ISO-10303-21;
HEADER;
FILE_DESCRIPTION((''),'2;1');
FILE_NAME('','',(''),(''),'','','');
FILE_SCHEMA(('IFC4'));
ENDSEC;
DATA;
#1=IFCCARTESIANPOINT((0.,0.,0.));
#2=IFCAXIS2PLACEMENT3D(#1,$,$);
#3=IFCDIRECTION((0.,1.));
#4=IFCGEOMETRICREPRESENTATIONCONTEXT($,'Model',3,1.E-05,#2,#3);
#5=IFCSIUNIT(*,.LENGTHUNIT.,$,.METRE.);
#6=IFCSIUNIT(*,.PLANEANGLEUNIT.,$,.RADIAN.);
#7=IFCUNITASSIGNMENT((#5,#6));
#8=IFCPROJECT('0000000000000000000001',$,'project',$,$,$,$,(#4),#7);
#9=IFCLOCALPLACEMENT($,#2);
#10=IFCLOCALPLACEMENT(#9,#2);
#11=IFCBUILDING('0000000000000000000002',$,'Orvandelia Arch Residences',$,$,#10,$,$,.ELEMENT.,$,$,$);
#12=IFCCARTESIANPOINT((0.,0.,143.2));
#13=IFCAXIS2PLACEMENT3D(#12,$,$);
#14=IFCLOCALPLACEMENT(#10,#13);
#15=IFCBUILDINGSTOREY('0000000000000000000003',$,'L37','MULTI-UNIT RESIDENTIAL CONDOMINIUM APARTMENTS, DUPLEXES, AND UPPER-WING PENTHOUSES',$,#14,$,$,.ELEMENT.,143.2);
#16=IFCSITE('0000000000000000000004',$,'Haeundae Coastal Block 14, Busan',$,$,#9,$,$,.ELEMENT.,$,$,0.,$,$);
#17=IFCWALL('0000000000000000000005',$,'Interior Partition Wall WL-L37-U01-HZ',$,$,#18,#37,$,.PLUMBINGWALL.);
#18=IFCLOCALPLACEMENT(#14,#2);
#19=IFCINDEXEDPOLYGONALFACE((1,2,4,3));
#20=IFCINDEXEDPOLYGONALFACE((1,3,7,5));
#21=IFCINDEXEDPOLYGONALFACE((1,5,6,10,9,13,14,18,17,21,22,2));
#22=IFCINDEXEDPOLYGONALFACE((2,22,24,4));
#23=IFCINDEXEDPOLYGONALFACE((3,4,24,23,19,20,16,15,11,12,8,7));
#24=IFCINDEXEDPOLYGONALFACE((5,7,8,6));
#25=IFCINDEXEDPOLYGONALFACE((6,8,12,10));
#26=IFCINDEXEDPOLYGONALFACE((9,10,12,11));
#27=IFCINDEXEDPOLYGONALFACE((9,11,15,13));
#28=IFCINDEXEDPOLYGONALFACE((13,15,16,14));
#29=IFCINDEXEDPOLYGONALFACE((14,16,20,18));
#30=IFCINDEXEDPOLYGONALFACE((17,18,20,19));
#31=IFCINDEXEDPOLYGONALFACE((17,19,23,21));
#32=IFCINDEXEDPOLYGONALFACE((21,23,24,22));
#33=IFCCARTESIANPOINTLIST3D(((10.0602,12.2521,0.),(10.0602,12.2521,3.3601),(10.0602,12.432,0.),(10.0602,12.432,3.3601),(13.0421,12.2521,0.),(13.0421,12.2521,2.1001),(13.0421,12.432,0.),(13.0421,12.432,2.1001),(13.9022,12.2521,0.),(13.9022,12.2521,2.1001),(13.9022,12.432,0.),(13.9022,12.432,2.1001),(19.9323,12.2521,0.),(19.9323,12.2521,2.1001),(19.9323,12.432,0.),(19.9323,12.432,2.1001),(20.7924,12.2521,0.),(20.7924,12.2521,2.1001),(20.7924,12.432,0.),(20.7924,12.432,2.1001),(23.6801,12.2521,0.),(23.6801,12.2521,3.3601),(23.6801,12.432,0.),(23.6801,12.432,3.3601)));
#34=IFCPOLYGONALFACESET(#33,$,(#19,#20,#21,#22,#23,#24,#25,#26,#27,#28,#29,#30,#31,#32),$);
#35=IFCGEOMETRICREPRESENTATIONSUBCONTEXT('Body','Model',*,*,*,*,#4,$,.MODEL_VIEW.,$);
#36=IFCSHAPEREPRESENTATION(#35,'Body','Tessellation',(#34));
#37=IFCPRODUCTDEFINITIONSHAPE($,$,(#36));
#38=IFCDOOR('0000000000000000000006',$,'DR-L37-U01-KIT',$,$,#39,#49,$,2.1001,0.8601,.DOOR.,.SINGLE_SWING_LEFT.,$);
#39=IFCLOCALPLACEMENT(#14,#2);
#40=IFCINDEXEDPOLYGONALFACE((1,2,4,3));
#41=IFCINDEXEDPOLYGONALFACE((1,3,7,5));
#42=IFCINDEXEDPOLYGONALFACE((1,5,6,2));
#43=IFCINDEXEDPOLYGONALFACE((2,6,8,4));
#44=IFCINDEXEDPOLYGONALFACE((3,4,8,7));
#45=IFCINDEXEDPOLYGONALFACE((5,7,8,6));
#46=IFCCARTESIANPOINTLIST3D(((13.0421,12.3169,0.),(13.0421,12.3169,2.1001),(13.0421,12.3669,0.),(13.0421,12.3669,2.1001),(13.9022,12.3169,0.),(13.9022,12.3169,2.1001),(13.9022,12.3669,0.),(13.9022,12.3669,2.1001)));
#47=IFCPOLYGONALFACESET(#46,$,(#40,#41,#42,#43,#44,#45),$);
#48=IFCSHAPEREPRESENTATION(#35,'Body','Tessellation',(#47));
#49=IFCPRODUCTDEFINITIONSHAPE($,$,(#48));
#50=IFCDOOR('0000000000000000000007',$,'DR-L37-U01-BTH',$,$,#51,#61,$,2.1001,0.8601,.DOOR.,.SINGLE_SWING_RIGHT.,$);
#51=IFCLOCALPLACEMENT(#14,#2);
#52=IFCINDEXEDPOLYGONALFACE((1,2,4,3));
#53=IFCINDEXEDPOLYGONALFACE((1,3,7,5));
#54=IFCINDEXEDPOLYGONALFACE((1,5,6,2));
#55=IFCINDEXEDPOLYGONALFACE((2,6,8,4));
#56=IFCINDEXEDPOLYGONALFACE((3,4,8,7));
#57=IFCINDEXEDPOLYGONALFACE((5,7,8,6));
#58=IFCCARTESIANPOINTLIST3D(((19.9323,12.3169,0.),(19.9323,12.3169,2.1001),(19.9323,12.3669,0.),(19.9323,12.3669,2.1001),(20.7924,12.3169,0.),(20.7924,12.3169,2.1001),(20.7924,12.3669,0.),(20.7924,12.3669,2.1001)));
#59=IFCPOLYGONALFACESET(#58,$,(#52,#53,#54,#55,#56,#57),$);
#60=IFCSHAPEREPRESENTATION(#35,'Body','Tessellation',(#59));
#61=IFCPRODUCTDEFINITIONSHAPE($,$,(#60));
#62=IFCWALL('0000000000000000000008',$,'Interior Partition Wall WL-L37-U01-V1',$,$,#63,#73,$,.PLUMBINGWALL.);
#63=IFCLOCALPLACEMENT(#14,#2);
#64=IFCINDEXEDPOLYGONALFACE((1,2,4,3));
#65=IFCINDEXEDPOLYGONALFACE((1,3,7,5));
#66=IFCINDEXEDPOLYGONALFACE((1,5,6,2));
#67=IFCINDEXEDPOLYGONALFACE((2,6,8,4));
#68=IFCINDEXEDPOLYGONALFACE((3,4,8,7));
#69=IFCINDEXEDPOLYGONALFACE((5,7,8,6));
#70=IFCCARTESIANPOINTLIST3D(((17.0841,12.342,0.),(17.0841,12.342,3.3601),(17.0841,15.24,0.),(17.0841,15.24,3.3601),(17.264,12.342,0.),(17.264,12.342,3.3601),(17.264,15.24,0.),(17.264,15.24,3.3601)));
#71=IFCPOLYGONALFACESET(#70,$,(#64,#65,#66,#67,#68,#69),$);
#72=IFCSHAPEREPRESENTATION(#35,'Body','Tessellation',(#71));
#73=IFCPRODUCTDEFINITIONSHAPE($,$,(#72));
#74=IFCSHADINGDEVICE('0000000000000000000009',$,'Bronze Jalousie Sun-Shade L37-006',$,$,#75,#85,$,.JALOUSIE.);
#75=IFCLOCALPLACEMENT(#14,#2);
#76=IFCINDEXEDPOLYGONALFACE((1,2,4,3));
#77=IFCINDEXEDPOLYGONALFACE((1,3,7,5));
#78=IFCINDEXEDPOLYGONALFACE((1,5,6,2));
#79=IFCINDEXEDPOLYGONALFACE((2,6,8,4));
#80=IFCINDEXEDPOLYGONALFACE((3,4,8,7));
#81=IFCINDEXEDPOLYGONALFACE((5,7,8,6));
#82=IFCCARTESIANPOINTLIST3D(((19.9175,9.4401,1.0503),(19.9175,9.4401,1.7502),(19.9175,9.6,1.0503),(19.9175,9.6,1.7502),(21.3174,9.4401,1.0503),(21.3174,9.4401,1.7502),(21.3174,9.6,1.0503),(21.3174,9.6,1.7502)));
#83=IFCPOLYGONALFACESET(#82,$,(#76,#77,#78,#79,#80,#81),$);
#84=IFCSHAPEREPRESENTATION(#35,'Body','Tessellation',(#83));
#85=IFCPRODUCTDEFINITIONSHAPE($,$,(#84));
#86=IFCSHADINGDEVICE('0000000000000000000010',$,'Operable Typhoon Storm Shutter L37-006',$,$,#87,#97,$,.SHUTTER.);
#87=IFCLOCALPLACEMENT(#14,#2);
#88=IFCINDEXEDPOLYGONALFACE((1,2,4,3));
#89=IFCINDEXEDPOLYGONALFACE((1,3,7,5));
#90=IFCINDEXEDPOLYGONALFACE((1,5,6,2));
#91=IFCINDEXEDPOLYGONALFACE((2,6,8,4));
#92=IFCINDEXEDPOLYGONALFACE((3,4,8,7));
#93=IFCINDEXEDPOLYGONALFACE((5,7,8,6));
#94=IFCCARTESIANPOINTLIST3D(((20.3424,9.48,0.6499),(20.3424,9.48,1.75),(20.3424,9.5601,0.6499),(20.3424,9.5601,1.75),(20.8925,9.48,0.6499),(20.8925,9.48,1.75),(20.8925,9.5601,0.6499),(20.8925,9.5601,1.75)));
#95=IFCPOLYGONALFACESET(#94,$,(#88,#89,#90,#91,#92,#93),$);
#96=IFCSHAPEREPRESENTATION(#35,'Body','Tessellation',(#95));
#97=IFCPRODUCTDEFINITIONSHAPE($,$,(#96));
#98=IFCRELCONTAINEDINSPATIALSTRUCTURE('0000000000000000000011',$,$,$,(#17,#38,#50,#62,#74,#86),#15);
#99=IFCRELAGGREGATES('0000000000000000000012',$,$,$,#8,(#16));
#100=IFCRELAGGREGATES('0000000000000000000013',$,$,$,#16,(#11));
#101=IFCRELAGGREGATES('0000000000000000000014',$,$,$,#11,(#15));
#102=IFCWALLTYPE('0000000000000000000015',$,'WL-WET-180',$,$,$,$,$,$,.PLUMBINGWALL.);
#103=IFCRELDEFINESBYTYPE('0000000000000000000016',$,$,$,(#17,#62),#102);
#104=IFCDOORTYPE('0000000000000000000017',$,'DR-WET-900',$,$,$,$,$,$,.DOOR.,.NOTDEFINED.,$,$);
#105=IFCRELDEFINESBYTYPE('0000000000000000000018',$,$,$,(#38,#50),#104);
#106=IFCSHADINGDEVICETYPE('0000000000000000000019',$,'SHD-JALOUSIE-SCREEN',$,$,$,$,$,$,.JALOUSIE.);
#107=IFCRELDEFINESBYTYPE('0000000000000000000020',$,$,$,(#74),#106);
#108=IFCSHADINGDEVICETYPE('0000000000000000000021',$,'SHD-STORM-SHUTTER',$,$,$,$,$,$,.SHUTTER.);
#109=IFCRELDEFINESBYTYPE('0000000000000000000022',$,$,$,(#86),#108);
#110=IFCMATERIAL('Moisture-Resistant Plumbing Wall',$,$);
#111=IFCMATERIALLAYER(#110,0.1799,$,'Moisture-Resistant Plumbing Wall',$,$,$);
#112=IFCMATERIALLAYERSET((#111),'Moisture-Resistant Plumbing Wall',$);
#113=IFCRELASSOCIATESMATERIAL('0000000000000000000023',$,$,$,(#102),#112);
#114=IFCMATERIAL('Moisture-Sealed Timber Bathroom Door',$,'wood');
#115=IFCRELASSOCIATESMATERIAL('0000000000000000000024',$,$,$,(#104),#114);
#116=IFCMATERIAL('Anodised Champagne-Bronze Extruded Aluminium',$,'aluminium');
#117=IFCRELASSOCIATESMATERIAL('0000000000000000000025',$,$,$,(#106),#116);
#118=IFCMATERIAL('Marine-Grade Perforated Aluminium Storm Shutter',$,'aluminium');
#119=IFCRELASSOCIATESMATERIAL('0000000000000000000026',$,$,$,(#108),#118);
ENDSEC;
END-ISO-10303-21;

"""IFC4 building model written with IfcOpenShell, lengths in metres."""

from ifc_helpers import new_model, si_unit, direction, frame, frame_2d, origin, origin_2d, place, context, subcontext, project, spatial, rectangle, extrude, material, layer, layer_set, type_object, element, fill, save


model = new_model("IFC4")

# Units and contexts
model_context = context("Model", 3, precision=1e-05, world=origin(), true_north=direction((0.0, 1.0)))
body_context = subcontext(model_context, "Body", "Model", "MODEL_VIEW")
ifc_project = project(units=[si_unit("LENGTHUNIT", "METRE"), si_unit("PLANEANGLEUNIT", "RADIAN")], contexts=[model_context])

# Site, building, storey
site_placement = place(None, origin())
site = spatial("IfcSite", under=ifc_project, at=site_placement, Name="Haeundae Coastal Block 14, Busan", CompositionType="ELEMENT", RefElevation=0.0)
building_placement = place(site_placement, origin())
building = spatial("IfcBuilding", under=site, at=building_placement, Name="Orvandelia Arch Residences", CompositionType="ELEMENT")
storey_placement = place(building_placement, frame((0.0, 0.0, 143.2)))
storey = spatial("IfcBuildingStorey", under=building, at=storey_placement, Name="L37", Description="MULTI-UNIT RESIDENTIAL CONDOMINIUM APARTMENTS, DUPLEXES, AND UPPER-WING PENTHOUSES", CompositionType="ELEMENT", Elevation=143.2)

# Wall, openings, doors
ifc_material_1 = material(Name="Moisture-Resistant Plumbing Wall")
ifc_layer_1 = layer(ifc_material_1, 0.1799, Name="Moisture-Resistant Plumbing Wall")
ifc_layer_set_1 = layer_set([ifc_layer_1], Name="Moisture-Resistant Plumbing Wall")
wall_type_1 = type_object("IfcWallType", Name="WL-WET-180", PredefinedType="PLUMBINGWALL", material=ifc_layer_set_1)
wall_1_placement = place(storey_placement, frame((10.0601, 12.342, 0.0), z_axis=(0.0, 0.0, 1.0), x_axis=(1.0, 0.0, 0.0)))
wall_1 = element("IfcWall", 1, at=wall_1_placement, inside=storey, type_object=wall_type_1, Name="Interior Partition Wall WL-L37-U01-HZ", PredefinedType="PLUMBINGWALL", context=body_context, shape_type="SweptSolid", body=[
    extrude(rectangle(XDim=13.6199, YDim=0.1799, at=frame_2d((6.8101, 0.0))), origin(), (0.0, 0.0, 1.0), 3.3601),
])
opening_1_placement = place(wall_1_placement, frame((2.9819, 0.0, 0.0)))
opening_1 = element("IfcOpeningElement", 2, at=opening_1_placement, cuts=wall_1, PredefinedType="OPENING", context=body_context, shape_type="SweptSolid", body=[
    extrude(rectangle(XDim=0.8601, YDim=2.1001, at=frame_2d((0.4302, 1.05))), frame((0.0, 0.1001, 0.0), z_axis=(0.0, -1.0, 0.0), x_axis=(1.0, 0.0, 0.0)), (0.0, 0.0, 1.0), 0.2),
])
opening_2_placement = place(wall_1_placement, frame((9.8721, 0.0, 0.0)))
opening_2 = element("IfcOpeningElement", 3, at=opening_2_placement, cuts=wall_1, PredefinedType="OPENING", context=body_context, shape_type="SweptSolid", body=[
    extrude(rectangle(XDim=0.8601, YDim=2.1001, at=frame_2d((0.4302, 1.05))), frame((0.0, 0.1001, 0.0), z_axis=(0.0, -1.0, 0.0), x_axis=(1.0, 0.0, 0.0)), (0.0, 0.0, 1.0), 0.2),
])
ifc_material_2 = material(Name="Moisture-Sealed Timber Bathroom Door", Category="wood")
door_type_1 = type_object("IfcDoorType", Name="DR-WET-900", OperationType="NOTDEFINED", PredefinedType="DOOR", material=ifc_material_2)
door_1_placement = place(opening_1_placement, origin())
door_1 = element("IfcDoor", 4, at=door_1_placement, inside=storey, type_object=door_type_1, Name="DR-L37-U01-KIT", OperationType="SINGLE_SWING_LEFT", OverallHeight=2.1001, OverallWidth=0.8601, PredefinedType="DOOR", context=body_context, shape_type="SweptSolid", body=[
    extrude(rectangle(XDim=0.8601, YDim=2.1001, at=frame_2d((0.4302, 1.05))), frame((0.0, 0.0249, 0.0), z_axis=(0.0, -1.0, 0.0), x_axis=(1.0, 0.0, 0.0)), (0.0, 0.0, 1.0), 0.05),
])
fill(opening_1, door_1)
door_2_placement = place(opening_2_placement, origin())
door_2 = element("IfcDoor", 5, at=door_2_placement, inside=storey, type_object=door_type_1, Name="DR-L37-U01-BTH", OperationType="SINGLE_SWING_RIGHT", OverallHeight=2.1001, OverallWidth=0.8601, PredefinedType="DOOR", context=body_context, shape_type="SweptSolid", body=[
    extrude(rectangle(XDim=0.8601, YDim=2.1001, at=frame_2d((0.4302, 1.05))), frame((0.0, 0.0249, 0.0), z_axis=(0.0, -1.0, 0.0), x_axis=(1.0, 0.0, 0.0)), (0.0, 0.0, 1.0), 0.05),
])
fill(opening_2, door_2)

# Wall
wall_2_placement = place(storey_placement, frame((17.1741, 12.342, 0.0), z_axis=(0.0, 0.0, 1.0), x_axis=(0.0, 1.0, 0.0)))
element("IfcWall", 6, at=wall_2_placement, inside=storey, type_object=wall_type_1, Name="Interior Partition Wall WL-L37-U01-V1", PredefinedType="PLUMBINGWALL", context=body_context, shape_type="SweptSolid", body=[
    extrude(rectangle(XDim=2.8979, YDim=0.1799, at=frame_2d((1.449, 0.0))), origin(), (0.0, 0.0, 1.0), 3.3601),
])

# Shading devices
ifc_material_3 = material(Name="Anodised Champagne-Bronze Extruded Aluminium", Category="aluminium")
shading_device_type_1 = type_object("IfcShadingDeviceType", Name="SHD-JALOUSIE-SCREEN", PredefinedType="JALOUSIE", material=ifc_material_3)
shading_device_1_placement = place(storey_placement, frame((20.6174, 9.52, 1.0503), z_axis=(0.0, 0.0, 1.0), x_axis=(-1.0, 0.0, 0.0)))
element("IfcShadingDevice", 7, at=shading_device_1_placement, inside=storey, type_object=shading_device_type_1, Name="Bronze Jalousie Sun-Shade L37-006", PredefinedType="JALOUSIE", context=body_context, shape_type="SweptSolid", body=[
    extrude(rectangle(XDim=1.3999, YDim=0.1599, at=origin_2d()), origin(), (0.0, 0.0, 1.0), 0.7),
])
ifc_material_4 = material(Name="Marine-Grade Perforated Aluminium Storm Shutter", Category="aluminium")
shading_device_type_2 = type_object("IfcShadingDeviceType", Name="SHD-STORM-SHUTTER", PredefinedType="SHUTTER", material=ifc_material_4)
shading_device_2_placement = place(storey_placement, frame((20.6174, 9.52, 0.6499), z_axis=(0.0, 0.0, 1.0), x_axis=(-1.0, 0.0, 0.0)))
element("IfcShadingDevice", 8, at=shading_device_2_placement, inside=storey, type_object=shading_device_type_2, Name="Operable Typhoon Storm Shutter L37-006", PredefinedType="SHUTTER", context=body_context, shape_type="SweptSolid", body=[
    extrude(rectangle(XDim=0.55, YDim=0.0801, at=origin_2d()), origin(), (0.0, 0.0, 1.0), 1.1001),
])

save(model, "model.ifc")
